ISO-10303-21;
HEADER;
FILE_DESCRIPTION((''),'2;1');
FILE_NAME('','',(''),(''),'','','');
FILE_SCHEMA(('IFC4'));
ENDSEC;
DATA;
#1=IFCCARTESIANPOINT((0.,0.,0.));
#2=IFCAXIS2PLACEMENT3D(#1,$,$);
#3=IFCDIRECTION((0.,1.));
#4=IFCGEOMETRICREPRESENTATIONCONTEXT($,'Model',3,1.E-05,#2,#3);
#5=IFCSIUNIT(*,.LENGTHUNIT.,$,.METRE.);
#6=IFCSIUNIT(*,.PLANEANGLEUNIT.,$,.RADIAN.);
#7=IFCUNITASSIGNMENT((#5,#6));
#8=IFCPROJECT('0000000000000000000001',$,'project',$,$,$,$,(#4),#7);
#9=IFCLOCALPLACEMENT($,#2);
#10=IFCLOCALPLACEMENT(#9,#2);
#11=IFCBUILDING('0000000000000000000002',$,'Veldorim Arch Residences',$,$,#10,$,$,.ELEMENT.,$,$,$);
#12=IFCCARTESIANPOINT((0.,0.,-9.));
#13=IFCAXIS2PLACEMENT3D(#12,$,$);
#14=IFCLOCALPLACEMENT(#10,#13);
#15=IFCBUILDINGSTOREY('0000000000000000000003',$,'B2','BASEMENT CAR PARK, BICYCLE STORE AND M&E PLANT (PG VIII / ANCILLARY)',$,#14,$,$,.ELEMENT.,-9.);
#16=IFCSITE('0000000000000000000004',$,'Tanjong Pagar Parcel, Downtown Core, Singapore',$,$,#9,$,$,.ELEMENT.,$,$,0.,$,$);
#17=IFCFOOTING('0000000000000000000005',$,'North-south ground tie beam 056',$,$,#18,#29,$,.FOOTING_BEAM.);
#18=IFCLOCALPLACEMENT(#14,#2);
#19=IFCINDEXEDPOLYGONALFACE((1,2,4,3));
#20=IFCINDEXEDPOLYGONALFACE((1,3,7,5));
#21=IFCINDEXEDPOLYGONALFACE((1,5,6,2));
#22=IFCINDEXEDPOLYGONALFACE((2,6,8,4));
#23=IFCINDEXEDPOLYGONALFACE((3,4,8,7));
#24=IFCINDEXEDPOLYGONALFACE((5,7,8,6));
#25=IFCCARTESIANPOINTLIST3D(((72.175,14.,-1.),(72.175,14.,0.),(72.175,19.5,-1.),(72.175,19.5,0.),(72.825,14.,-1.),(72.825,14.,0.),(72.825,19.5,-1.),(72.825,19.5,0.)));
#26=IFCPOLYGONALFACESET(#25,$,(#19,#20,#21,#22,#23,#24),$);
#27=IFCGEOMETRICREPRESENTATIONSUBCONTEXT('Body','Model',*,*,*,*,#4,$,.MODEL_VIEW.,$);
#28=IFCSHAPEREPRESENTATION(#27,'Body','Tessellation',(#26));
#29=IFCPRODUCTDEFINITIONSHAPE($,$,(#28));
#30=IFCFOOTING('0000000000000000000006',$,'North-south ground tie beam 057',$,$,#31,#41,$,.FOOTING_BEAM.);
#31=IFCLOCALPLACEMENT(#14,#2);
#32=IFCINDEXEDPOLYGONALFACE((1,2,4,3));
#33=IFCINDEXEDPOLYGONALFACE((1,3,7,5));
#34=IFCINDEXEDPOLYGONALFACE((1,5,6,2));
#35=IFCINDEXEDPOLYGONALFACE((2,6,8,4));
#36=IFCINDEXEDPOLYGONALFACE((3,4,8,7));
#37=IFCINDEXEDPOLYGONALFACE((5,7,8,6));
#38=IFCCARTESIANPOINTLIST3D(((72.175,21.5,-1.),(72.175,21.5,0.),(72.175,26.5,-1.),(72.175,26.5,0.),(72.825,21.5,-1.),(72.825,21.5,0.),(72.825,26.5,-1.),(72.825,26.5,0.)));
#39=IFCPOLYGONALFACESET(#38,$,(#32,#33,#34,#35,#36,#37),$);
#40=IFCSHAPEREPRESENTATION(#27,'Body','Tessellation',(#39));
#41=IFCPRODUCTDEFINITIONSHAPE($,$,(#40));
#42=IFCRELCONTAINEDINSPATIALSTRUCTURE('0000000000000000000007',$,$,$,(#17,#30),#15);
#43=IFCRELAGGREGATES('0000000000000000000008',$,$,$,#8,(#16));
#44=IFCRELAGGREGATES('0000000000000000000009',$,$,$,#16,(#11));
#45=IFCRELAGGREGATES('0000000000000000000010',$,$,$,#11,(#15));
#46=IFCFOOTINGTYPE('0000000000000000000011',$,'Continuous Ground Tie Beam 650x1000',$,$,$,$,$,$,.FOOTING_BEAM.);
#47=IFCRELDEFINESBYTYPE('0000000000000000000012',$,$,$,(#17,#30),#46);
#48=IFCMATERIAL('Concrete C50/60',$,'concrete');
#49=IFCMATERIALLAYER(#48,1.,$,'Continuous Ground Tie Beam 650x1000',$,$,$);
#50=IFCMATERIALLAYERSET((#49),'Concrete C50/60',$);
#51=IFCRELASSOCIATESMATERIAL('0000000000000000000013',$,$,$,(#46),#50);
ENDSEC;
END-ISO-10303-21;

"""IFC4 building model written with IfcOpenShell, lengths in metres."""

from ifc_helpers import new_model, si_unit, direction, frame, origin, place, context, subcontext, project, spatial, polyline, outline, extrude, material, layer, layer_set, type_object, element, save


model = new_model("IFC4")

# Units and contexts
model_context = context("Model", 3, precision=1e-05, world=origin(), true_north=direction((0.0, 1.0)))
body_context = subcontext(model_context, "Body", "Model", "MODEL_VIEW")
ifc_project = project(units=[si_unit("LENGTHUNIT", "METRE"), si_unit("PLANEANGLEUNIT", "RADIAN")], contexts=[model_context])

# Site, building, storey
site_placement = place(None, origin())
site = spatial("IfcSite", under=ifc_project, at=site_placement, Name="Tanjong Pagar Parcel, Downtown Core, Singapore", CompositionType="ELEMENT", RefElevation=0.0)
building_placement = place(site_placement, origin())
building = spatial("IfcBuilding", under=site, at=building_placement, Name="Veldorim Arch Residences", CompositionType="ELEMENT")
storey_placement = place(building_placement, frame((0.0, 0.0, -9.0)))
storey = spatial("IfcBuildingStorey", under=building, at=storey_placement, Name="B2", Description="BASEMENT CAR PARK, BICYCLE STORE AND M&E PLANT (PG VIII / ANCILLARY)", CompositionType="ELEMENT", Elevation=-9.0)

# Footings
ifc_material = material(Name="Concrete C50/60", Category="concrete")
ifc_layer = layer(ifc_material, 1.0, Name="Continuous Ground Tie Beam 650x1000")
ifc_layer_set = layer_set([ifc_layer], Name="Concrete C50/60")
footing_type = type_object("IfcFootingType", Name="Continuous Ground Tie Beam 650x1000", PredefinedType="FOOTING_BEAM", material=ifc_layer_set)
footing_1_placement = place(storey_placement, frame((0.0, 0.0, -1.0)))
element("IfcFooting", 1, at=footing_1_placement, inside=storey, type_object=footing_type, Name="North-south ground tie beam 056", PredefinedType="FOOTING_BEAM", context=body_context, shape_type="SweptSolid", body=[
    extrude(outline(polyline([(72.175, 14.0), (72.825, 14.0), (72.825, 19.5), (72.175, 19.5), (72.175, 14.0)])), origin(), (0.0, 0.0, 1.0), 1.0),
])
footing_2_placement = place(storey_placement, frame((0.0, 0.0, -1.0)))
element("IfcFooting", 2, at=footing_2_placement, inside=storey, type_object=footing_type, Name="North-south ground tie beam 057", PredefinedType="FOOTING_BEAM", context=body_context, shape_type="SweptSolid", body=[
    extrude(outline(polyline([(72.175, 21.5), (72.825, 21.5), (72.825, 26.5), (72.175, 26.5), (72.175, 21.5)])), origin(), (0.0, 0.0, 1.0), 1.0),
])

save(model, "model.ifc")
